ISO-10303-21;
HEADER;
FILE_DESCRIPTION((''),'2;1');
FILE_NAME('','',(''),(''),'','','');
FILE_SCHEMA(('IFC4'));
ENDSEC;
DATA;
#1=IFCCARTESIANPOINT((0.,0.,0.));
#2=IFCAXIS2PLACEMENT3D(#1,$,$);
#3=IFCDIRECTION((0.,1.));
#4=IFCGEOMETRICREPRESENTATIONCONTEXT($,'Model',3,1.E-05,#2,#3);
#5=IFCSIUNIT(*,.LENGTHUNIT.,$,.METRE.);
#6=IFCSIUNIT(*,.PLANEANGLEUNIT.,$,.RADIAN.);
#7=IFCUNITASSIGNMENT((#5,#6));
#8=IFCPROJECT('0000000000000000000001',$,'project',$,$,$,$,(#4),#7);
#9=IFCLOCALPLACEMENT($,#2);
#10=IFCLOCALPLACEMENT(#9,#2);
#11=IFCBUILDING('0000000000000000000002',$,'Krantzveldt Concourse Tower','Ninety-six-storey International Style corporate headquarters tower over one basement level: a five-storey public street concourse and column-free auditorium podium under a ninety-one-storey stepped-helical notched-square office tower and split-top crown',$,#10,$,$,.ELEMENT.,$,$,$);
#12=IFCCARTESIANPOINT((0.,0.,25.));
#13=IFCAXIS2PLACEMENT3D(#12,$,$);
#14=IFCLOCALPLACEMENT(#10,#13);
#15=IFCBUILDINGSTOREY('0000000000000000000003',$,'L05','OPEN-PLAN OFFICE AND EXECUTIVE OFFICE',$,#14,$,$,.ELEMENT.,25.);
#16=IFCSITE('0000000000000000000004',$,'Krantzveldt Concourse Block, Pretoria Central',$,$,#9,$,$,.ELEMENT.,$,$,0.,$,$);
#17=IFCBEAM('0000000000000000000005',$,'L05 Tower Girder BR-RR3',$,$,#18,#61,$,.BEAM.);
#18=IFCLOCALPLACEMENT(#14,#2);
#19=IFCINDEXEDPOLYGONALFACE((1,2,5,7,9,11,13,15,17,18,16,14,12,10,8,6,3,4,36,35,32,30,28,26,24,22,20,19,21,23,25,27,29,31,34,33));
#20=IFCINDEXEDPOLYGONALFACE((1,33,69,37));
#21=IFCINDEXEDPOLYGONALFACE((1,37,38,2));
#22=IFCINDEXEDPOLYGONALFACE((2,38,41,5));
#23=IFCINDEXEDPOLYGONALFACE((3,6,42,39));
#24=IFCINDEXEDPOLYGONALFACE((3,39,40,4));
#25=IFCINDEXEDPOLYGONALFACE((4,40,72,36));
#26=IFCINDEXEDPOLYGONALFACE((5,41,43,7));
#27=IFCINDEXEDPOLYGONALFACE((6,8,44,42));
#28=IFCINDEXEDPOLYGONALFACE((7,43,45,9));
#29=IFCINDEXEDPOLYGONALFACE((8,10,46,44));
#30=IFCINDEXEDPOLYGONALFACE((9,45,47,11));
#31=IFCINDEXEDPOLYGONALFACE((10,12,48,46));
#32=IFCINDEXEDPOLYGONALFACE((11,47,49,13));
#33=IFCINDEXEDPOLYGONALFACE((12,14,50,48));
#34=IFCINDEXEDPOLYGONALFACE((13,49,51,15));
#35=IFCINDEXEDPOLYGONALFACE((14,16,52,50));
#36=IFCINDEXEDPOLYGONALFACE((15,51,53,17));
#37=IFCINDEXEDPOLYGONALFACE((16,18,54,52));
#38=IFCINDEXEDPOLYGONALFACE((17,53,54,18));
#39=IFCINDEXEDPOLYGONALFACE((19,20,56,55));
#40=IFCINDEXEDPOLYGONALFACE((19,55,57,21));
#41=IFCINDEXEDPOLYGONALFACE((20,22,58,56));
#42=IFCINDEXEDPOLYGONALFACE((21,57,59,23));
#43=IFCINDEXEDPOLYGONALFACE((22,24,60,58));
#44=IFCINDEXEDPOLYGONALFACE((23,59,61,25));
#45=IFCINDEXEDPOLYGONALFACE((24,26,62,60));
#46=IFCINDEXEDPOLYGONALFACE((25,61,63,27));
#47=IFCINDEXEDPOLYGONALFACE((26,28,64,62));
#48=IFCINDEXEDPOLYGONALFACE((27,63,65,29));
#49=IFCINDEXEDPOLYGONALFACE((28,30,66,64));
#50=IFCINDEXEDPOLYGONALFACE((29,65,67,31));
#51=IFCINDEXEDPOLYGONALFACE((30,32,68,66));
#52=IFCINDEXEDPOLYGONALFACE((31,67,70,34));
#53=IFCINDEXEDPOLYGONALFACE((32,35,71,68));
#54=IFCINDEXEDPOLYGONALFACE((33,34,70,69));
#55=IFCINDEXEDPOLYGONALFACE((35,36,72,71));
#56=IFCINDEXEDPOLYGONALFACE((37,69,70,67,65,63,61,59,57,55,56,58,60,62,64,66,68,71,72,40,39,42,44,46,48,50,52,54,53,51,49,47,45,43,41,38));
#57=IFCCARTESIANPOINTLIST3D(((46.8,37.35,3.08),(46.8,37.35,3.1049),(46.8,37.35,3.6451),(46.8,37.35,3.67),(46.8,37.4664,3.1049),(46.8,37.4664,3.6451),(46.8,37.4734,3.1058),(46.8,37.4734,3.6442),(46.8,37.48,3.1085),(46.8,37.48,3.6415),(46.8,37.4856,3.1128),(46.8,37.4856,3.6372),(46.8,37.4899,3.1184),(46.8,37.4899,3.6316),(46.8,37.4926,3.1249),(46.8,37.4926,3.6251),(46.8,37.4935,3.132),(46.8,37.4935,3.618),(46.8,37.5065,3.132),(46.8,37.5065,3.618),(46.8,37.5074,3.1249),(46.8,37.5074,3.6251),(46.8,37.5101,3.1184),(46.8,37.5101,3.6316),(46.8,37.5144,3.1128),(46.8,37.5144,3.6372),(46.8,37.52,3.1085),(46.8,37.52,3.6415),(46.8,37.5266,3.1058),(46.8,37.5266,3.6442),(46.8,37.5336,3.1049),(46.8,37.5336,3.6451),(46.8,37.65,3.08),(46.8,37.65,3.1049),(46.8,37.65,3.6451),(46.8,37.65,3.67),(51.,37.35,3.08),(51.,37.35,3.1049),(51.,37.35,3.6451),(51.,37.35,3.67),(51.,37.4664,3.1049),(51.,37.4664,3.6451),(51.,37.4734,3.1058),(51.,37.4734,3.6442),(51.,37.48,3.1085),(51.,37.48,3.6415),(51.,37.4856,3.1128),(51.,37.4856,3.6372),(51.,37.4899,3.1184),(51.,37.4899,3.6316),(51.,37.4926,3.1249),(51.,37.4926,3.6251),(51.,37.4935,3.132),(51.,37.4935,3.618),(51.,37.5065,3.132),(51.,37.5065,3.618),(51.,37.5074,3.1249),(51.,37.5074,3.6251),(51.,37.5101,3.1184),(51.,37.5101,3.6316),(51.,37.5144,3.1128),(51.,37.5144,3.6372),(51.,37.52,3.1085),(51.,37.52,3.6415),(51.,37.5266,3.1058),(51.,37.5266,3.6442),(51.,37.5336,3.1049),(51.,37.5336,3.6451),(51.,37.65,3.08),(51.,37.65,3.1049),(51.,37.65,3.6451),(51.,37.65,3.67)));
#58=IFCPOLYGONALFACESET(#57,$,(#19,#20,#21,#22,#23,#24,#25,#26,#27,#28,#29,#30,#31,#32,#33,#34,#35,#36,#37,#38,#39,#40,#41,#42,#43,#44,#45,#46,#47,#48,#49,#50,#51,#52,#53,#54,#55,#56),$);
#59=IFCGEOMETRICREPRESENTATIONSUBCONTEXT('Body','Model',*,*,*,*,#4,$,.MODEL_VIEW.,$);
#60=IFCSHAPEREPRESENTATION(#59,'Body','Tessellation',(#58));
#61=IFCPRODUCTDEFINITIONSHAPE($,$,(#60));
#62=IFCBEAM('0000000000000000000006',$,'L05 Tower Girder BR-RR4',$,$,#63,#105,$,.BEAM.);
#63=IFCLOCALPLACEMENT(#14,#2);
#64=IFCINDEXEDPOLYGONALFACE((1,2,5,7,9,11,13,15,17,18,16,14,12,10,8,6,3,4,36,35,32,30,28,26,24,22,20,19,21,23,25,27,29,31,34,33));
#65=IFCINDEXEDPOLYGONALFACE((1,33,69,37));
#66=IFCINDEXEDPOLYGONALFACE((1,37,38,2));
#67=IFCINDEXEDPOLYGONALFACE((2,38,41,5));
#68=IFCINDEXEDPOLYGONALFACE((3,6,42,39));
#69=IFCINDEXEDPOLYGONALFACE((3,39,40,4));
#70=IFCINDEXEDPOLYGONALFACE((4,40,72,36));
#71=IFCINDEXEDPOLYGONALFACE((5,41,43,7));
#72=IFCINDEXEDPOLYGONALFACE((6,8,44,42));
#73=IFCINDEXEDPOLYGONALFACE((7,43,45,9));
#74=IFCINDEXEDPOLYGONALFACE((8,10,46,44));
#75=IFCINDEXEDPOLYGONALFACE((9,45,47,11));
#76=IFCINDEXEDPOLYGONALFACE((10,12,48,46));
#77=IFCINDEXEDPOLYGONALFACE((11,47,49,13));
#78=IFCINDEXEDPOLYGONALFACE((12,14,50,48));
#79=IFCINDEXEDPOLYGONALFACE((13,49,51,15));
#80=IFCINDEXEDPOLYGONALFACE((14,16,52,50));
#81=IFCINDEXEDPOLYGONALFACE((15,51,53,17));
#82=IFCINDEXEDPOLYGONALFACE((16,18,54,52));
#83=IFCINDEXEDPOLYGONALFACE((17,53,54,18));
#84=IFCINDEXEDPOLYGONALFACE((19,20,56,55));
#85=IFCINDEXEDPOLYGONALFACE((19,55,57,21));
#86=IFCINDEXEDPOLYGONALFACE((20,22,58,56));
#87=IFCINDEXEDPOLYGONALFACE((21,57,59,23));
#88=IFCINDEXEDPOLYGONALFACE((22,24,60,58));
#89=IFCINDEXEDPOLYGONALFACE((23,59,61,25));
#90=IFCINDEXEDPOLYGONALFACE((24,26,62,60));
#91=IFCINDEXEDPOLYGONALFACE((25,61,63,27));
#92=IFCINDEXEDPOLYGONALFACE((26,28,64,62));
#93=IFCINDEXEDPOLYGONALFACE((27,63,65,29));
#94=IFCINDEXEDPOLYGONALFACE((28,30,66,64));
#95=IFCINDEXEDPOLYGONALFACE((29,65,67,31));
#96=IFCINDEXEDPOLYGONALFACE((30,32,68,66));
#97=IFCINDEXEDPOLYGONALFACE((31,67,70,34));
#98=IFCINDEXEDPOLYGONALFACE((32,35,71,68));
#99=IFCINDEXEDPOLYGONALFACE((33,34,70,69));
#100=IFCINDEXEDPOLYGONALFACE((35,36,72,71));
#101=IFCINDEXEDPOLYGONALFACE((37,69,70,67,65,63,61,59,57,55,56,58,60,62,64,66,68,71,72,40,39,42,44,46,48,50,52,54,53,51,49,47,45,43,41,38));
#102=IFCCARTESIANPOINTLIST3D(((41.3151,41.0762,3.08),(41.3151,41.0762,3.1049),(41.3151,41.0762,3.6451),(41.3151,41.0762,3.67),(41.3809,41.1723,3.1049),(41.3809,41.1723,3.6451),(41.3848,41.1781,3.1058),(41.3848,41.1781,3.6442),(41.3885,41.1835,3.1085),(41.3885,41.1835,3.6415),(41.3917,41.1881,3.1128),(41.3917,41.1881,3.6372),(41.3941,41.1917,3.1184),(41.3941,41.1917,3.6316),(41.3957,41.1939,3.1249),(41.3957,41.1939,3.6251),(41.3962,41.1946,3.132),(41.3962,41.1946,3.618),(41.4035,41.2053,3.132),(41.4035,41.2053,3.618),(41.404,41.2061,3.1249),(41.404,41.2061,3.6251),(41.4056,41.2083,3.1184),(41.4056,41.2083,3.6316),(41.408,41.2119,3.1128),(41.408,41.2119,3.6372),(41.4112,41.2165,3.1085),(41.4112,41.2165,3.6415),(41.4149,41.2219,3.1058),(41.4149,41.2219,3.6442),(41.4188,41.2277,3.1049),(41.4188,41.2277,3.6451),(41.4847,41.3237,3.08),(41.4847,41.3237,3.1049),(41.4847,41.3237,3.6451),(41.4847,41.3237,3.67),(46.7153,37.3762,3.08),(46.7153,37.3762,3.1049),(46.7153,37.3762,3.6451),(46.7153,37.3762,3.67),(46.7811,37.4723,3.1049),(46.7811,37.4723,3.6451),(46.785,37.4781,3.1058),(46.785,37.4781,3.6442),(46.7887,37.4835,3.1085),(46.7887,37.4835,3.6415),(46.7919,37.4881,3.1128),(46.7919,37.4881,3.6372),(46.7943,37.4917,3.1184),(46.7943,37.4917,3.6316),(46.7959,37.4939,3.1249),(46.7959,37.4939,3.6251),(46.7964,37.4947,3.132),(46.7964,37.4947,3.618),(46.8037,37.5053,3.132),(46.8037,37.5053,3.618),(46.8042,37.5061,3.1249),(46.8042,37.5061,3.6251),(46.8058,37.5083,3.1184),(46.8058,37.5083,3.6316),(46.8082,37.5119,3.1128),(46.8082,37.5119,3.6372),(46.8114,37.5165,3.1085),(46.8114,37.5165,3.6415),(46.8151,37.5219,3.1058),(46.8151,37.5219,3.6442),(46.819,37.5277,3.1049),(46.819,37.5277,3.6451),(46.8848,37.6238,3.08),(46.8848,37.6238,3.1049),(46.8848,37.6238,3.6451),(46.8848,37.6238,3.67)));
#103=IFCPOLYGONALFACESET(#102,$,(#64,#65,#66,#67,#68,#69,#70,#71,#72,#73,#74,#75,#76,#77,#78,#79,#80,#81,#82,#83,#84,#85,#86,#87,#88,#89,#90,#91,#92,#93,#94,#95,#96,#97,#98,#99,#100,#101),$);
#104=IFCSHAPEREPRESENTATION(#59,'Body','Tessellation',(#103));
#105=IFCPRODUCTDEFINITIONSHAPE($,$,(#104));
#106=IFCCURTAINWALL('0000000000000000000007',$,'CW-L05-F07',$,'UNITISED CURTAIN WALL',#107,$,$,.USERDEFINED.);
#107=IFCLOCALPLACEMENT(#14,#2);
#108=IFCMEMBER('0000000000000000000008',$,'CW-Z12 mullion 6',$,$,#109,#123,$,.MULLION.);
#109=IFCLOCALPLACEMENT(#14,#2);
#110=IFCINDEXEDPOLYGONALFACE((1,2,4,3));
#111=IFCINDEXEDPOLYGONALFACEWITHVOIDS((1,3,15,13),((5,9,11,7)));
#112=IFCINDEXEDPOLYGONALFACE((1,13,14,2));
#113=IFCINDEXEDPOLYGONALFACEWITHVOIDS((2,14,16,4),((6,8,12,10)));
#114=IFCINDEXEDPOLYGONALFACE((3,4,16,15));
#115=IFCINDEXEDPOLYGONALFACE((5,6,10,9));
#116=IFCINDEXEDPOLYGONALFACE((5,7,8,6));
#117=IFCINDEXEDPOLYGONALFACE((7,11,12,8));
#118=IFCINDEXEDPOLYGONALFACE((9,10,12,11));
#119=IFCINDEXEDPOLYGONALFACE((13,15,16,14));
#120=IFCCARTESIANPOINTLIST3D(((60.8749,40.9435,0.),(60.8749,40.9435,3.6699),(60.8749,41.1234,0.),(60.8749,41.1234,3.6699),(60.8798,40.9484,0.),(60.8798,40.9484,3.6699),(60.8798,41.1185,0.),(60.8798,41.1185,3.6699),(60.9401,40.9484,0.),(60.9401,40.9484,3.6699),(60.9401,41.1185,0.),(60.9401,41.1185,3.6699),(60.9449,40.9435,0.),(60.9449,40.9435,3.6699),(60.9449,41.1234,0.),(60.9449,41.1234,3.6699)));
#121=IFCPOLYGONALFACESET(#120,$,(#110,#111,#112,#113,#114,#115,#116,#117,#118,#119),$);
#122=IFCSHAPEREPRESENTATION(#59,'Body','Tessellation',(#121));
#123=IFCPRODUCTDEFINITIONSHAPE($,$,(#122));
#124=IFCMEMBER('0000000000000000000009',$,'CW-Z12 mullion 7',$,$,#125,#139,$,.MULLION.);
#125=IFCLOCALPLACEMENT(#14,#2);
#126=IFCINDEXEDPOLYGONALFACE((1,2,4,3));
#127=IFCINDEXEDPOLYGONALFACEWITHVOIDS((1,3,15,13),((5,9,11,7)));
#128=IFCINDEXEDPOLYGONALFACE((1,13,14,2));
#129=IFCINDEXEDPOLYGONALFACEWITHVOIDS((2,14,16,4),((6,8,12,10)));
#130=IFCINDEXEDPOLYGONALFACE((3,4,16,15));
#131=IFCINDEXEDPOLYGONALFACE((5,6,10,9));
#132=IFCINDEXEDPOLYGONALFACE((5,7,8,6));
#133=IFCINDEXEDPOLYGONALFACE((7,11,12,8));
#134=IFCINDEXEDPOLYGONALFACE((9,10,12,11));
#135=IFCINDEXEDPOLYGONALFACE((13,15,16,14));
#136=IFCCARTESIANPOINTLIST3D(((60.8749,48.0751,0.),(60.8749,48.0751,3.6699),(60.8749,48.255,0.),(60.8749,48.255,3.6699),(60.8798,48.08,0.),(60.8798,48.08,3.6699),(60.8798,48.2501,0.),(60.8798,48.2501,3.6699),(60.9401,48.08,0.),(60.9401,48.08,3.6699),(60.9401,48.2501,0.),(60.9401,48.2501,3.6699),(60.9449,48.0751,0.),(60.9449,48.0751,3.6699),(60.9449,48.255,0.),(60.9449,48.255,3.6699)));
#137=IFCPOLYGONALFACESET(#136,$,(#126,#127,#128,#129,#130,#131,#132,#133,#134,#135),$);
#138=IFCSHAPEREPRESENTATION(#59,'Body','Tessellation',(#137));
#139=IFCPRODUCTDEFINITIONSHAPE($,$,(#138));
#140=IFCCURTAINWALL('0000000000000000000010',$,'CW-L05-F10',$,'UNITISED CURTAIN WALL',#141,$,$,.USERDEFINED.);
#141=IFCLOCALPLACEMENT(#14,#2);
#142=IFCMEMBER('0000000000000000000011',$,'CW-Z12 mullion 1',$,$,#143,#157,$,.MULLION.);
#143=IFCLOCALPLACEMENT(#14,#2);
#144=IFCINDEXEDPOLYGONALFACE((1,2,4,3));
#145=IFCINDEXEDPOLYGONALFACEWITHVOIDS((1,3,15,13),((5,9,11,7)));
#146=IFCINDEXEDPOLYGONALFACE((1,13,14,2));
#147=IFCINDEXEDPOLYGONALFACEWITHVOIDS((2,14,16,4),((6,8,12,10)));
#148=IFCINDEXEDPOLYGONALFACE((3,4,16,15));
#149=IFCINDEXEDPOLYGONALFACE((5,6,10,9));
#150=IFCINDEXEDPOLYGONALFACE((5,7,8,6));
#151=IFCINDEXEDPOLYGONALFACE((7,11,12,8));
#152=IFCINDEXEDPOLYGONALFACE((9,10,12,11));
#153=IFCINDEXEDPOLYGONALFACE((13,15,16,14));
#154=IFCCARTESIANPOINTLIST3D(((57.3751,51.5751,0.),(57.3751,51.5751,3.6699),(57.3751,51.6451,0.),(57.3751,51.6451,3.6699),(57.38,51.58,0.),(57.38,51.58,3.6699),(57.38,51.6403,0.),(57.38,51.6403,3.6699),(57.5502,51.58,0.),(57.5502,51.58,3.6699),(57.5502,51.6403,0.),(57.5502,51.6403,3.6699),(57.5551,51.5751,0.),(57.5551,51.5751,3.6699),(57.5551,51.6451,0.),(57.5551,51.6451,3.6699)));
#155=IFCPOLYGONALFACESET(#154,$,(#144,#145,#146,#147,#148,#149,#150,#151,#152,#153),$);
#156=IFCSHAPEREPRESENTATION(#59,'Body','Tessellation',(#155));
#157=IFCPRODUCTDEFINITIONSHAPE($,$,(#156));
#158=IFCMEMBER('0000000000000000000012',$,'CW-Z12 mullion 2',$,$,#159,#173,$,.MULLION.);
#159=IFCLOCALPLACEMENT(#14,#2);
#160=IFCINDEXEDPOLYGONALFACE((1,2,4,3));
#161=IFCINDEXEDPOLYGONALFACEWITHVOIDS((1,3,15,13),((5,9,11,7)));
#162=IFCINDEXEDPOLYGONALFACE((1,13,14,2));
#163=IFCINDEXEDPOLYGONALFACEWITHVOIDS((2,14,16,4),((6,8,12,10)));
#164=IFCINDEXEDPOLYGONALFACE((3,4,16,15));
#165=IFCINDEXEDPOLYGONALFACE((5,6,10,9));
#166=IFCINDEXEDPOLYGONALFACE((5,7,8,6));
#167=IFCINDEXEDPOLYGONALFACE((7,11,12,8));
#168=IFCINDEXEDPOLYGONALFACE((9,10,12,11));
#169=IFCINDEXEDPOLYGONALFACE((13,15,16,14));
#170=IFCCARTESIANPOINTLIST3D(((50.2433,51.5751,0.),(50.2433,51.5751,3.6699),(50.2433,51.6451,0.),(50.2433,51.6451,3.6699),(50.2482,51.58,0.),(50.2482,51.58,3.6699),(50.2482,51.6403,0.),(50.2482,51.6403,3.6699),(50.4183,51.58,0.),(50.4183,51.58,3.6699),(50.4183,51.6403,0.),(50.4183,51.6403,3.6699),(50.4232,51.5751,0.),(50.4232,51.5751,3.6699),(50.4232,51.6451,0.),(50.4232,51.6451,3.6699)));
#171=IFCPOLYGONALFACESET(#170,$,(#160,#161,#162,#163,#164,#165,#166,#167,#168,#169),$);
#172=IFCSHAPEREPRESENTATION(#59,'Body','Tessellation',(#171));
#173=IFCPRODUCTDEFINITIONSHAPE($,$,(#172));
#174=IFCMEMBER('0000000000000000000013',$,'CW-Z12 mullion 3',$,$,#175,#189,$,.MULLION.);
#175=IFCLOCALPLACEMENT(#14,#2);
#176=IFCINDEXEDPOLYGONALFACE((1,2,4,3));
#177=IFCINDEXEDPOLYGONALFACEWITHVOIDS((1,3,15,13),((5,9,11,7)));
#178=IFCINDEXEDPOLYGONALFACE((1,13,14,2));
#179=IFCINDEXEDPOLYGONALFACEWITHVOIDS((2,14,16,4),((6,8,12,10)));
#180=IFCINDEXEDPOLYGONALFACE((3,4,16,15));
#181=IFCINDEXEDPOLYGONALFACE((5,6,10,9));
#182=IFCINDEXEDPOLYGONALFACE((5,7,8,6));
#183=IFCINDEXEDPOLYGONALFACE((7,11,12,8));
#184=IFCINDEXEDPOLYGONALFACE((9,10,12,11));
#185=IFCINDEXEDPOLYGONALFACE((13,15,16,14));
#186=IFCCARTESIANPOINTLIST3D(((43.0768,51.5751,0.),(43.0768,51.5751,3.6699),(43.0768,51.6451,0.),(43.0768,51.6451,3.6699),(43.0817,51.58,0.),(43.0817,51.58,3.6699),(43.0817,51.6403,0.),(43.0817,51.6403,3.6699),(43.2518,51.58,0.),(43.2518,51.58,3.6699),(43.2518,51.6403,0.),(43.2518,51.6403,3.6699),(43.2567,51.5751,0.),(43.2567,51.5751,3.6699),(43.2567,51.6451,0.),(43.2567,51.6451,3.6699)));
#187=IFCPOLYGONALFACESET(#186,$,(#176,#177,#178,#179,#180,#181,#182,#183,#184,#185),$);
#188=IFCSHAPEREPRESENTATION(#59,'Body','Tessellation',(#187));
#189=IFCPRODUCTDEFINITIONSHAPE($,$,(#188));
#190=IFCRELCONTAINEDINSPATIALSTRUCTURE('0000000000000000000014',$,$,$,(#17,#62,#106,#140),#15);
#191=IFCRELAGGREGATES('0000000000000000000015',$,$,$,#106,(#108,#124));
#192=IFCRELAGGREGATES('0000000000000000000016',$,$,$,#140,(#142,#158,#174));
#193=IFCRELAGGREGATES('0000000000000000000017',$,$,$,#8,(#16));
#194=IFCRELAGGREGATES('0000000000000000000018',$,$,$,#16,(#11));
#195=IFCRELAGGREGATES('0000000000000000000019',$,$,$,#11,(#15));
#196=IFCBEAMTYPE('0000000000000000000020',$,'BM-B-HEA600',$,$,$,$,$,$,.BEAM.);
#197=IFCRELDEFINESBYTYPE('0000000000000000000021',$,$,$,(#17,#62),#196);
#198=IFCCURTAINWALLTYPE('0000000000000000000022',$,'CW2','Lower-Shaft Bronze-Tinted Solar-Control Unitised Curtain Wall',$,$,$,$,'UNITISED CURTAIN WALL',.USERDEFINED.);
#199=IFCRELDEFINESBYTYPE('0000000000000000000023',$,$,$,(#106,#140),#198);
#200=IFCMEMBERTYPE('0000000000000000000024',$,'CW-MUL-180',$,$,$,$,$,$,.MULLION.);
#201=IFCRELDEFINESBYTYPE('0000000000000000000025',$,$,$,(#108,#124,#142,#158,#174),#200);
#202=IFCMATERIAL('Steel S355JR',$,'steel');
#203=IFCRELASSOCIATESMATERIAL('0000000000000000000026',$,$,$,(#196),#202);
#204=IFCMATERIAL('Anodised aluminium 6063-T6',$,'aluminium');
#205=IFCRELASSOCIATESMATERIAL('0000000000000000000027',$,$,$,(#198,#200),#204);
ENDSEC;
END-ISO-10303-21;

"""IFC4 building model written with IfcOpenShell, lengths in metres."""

from ifc_helpers import new_model, si_unit, direction, frame, origin, origin_2d, place, context, subcontext, project, spatial, hollow_rectangle, i_section, extrude, source, transform, mapped, material, material_profile, profile_set, type_object, type_shapes, element, aggregate, save


model = new_model("IFC4")

# Units and contexts
model_context = context("Model", 3, precision=1e-05, world=origin(), true_north=direction((0.0, 1.0)))
body_context = subcontext(model_context, "Body", "Model", "MODEL_VIEW")
ifc_project = project(units=[si_unit("LENGTHUNIT", "METRE"), si_unit("PLANEANGLEUNIT", "RADIAN")], contexts=[model_context])

# Site, building, storey
site_placement = place(None, origin())
site = spatial("IfcSite", under=ifc_project, at=site_placement, Name="Krantzveldt Concourse Block, Pretoria Central", CompositionType="ELEMENT", RefElevation=0.0)
building_placement = place(site_placement, origin())
building = spatial("IfcBuilding", under=site, at=building_placement, Name="Krantzveldt Concourse Tower", Description="Ninety-six-storey International Style corporate headquarters tower over one basement level: a five-storey public street concourse and column-free auditorium podium under a ninety-one-storey stepped-helical notched-square office tower and split-top crown", CompositionType="ELEMENT")
storey_placement = place(building_placement, frame((0.0, 0.0, 25.0)))
storey = spatial("IfcBuildingStorey", under=building, at=storey_placement, Name="L05", Description="OPEN-PLAN OFFICE AND EXECUTIVE OFFICE", CompositionType="ELEMENT", Elevation=25.0)

# Beams
ifc_material_1 = material(Name="Steel S355JR", Category="steel")
ifc_material_profile_1 = material_profile(ifc_material_1, i_section(OverallWidth=0.3, OverallDepth=0.5901, WebThickness=0.0129, FlangeThickness=0.0249, FilletRadius=0.0271, at=origin_2d()), Name="Steel S355JR", Category="steel")
ifc_profile_set_1 = profile_set([ifc_material_profile_1], Name="Steel S355JR - HEA 600")
beam_type_1 = type_object("IfcBeamType", Name="BM-B-HEA600", PredefinedType="BEAM", material=ifc_profile_set_1)
shared_shape_1 = source(origin(), body_context, "Body", "SweptSolid", [
    extrude(i_section(OverallWidth=0.3, OverallDepth=0.5901, WebThickness=0.0129, FlangeThickness=0.0249, FilletRadius=0.0271, at=origin_2d()), origin(), (0.0, 0.0, 1.0), 4.2),
])
beam_1_placement = place(storey_placement, frame((46.8, 37.5, 3.375), z_axis=(1.0, 0.0, 0.0), x_axis=(0.0, 1.0, 0.0)))
element("IfcBeam", 1, at=beam_1_placement, inside=storey, type_object=beam_type_1, Name="L05 Tower Girder BR-RR3", PredefinedType="BEAM", context=body_context, shape_type="MappedRepresentation", body=[
    mapped(shared_shape_1, transform((0.0, 0.0, 0.0), x_axis=(1.0, 0.0, 0.0), y_axis=(0.0, 1.0, 0.0), z_axis=(0.0, 0.0, 1.0), scale=1.0)),
])
shared_shape_2 = source(origin(), body_context, "Body", "SweptSolid", [
    extrude(i_section(OverallWidth=0.3, OverallDepth=0.5901, WebThickness=0.0129, FlangeThickness=0.0249, FilletRadius=0.0271, at=origin_2d()), origin(), (0.0, 0.0, 1.0), 6.5461),
])
type_shapes(beam_type_1, [shared_shape_1, shared_shape_2])
beam_2_placement = place(storey_placement, frame((46.8, 37.5, 3.375), z_axis=(-0.824943, 0.565216, 0.0), x_axis=(-0.565216, -0.824943, 0.0)))
element("IfcBeam", 2, at=beam_2_placement, inside=storey, type_object=beam_type_1, Name="L05 Tower Girder BR-RR4", PredefinedType="BEAM", context=body_context, shape_type="MappedRepresentation", body=[
    mapped(shared_shape_2, transform((0.0, 0.0, 0.0), x_axis=(1.0, 0.0, 0.0), y_axis=(0.0, 1.0, 0.0), z_axis=(0.0, 0.0, 1.0), scale=1.0)),
])

# Curtain walls, members
ifc_material_2 = material(Name="Anodised aluminium 6063-T6", Category="aluminium")
curtain_wall_type = type_object("IfcCurtainWallType", Name="CW2", Description="Lower-Shaft Bronze-Tinted Solar-Control Unitised Curtain Wall", ElementType="UNITISED CURTAIN WALL", PredefinedType="USERDEFINED", material=ifc_material_2)
curtain_wall_1_placement = place(storey_placement, origin())
curtain_wall_1 = element("IfcCurtainWall", 3, at=curtain_wall_1_placement, inside=storey, type_object=curtain_wall_type, Name="CW-L05-F07", ObjectType="UNITISED CURTAIN WALL", PredefinedType="USERDEFINED")
ifc_material_profile_2 = material_profile(ifc_material_2, hollow_rectangle(XDim=0.0701, YDim=0.1799, WallThickness=0.0049, at=origin_2d()), Name="Anodised aluminium 6063-T6", Category="aluminium")
ifc_profile_set_2 = profile_set([ifc_material_profile_2], Name="Anodised aluminium 6063-T6 - ALU-MULL 180x70x5")
member_type_1 = type_object("IfcMemberType", Name="CW-MUL-180", PredefinedType="MULLION", material=ifc_profile_set_2)
shared_shape_3 = source(origin(), body_context, "Body", "SweptSolid", [
    extrude(hollow_rectangle(XDim=0.0701, YDim=0.1799, WallThickness=0.0049, at=origin_2d()), origin(), (0.0, 0.0, 1.0), 3.6699),
])
type_shapes(member_type_1, [shared_shape_3])
member_1_placement = place(storey_placement, frame((60.9099, 41.0334, 0.0), z_axis=(0.0, 0.0, 1.0), x_axis=(-1.0, 0.0, 0.0)))
member_1 = element("IfcMember", 4, at=member_1_placement, type_object=member_type_1, Name="CW-Z12 mullion 6", PredefinedType="MULLION", context=body_context, shape_type="MappedRepresentation", body=[
    mapped(shared_shape_3, transform((0.0, 0.0, 0.0), x_axis=(1.0, 0.0, 0.0), y_axis=(0.0, 1.0, 0.0), z_axis=(0.0, 0.0, 1.0), scale=1.0)),
])
member_2_placement = place(storey_placement, frame((60.9099, 48.165, 0.0), z_axis=(0.0, 0.0, 1.0), x_axis=(-1.0, 0.0, 0.0)))
member_2 = element("IfcMember", 5, at=member_2_placement, type_object=member_type_1, Name="CW-Z12 mullion 7", PredefinedType="MULLION", context=body_context, shape_type="MappedRepresentation", body=[
    mapped(shared_shape_3, transform((0.0, 0.0, 0.0), x_axis=(1.0, 0.0, 0.0), y_axis=(0.0, 1.0, 0.0), z_axis=(0.0, 0.0, 1.0), scale=1.0)),
])
curtain_wall_2_placement = place(storey_placement, origin())
curtain_wall_2 = element("IfcCurtainWall", 6, at=curtain_wall_2_placement, inside=storey, type_object=curtain_wall_type, Name="CW-L05-F10", ObjectType="UNITISED CURTAIN WALL", PredefinedType="USERDEFINED")
member_3_placement = place(storey_placement, frame((57.4651, 51.6101, 0.0), z_axis=(0.0, 0.0, 1.0), x_axis=(0.0, -1.0, 0.0)))
member_3 = element("IfcMember", 7, at=member_3_placement, type_object=member_type_1, Name="CW-Z12 mullion 1", PredefinedType="MULLION", context=body_context, shape_type="MappedRepresentation", body=[
    mapped(shared_shape_3, transform((0.0, 0.0, 0.0), x_axis=(1.0, 0.0, 0.0), y_axis=(0.0, 1.0, 0.0), z_axis=(0.0, 0.0, 1.0), scale=1.0)),
])
member_4_placement = place(storey_placement, frame((50.3333, 51.6101, 0.0), z_axis=(0.0, 0.0, 1.0), x_axis=(0.0, -1.0, 0.0)))
member_4 = element("IfcMember", 8, at=member_4_placement, type_object=member_type_1, Name="CW-Z12 mullion 2", PredefinedType="MULLION", context=body_context, shape_type="MappedRepresentation", body=[
    mapped(shared_shape_3, transform((0.0, 0.0, 0.0), x_axis=(1.0, 0.0, 0.0), y_axis=(0.0, 1.0, 0.0), z_axis=(0.0, 0.0, 1.0), scale=1.0)),
])
member_5_placement = place(storey_placement, frame((43.1667, 51.6101, 0.0), z_axis=(0.0, 0.0, 1.0), x_axis=(0.0, -1.0, 0.0)))
member_5 = element("IfcMember", 9, at=member_5_placement, type_object=member_type_1, Name="CW-Z12 mullion 3", PredefinedType="MULLION", context=body_context, shape_type="MappedRepresentation", body=[
    mapped(shared_shape_3, transform((0.0, 0.0, 0.0), x_axis=(1.0, 0.0, 0.0), y_axis=(0.0, 1.0, 0.0), z_axis=(0.0, 0.0, 1.0), scale=1.0)),
])

aggregate(curtain_wall_1, [member_1, member_2])
aggregate(curtain_wall_2, [member_3, member_4, member_5])

save(model, "model.ifc")
